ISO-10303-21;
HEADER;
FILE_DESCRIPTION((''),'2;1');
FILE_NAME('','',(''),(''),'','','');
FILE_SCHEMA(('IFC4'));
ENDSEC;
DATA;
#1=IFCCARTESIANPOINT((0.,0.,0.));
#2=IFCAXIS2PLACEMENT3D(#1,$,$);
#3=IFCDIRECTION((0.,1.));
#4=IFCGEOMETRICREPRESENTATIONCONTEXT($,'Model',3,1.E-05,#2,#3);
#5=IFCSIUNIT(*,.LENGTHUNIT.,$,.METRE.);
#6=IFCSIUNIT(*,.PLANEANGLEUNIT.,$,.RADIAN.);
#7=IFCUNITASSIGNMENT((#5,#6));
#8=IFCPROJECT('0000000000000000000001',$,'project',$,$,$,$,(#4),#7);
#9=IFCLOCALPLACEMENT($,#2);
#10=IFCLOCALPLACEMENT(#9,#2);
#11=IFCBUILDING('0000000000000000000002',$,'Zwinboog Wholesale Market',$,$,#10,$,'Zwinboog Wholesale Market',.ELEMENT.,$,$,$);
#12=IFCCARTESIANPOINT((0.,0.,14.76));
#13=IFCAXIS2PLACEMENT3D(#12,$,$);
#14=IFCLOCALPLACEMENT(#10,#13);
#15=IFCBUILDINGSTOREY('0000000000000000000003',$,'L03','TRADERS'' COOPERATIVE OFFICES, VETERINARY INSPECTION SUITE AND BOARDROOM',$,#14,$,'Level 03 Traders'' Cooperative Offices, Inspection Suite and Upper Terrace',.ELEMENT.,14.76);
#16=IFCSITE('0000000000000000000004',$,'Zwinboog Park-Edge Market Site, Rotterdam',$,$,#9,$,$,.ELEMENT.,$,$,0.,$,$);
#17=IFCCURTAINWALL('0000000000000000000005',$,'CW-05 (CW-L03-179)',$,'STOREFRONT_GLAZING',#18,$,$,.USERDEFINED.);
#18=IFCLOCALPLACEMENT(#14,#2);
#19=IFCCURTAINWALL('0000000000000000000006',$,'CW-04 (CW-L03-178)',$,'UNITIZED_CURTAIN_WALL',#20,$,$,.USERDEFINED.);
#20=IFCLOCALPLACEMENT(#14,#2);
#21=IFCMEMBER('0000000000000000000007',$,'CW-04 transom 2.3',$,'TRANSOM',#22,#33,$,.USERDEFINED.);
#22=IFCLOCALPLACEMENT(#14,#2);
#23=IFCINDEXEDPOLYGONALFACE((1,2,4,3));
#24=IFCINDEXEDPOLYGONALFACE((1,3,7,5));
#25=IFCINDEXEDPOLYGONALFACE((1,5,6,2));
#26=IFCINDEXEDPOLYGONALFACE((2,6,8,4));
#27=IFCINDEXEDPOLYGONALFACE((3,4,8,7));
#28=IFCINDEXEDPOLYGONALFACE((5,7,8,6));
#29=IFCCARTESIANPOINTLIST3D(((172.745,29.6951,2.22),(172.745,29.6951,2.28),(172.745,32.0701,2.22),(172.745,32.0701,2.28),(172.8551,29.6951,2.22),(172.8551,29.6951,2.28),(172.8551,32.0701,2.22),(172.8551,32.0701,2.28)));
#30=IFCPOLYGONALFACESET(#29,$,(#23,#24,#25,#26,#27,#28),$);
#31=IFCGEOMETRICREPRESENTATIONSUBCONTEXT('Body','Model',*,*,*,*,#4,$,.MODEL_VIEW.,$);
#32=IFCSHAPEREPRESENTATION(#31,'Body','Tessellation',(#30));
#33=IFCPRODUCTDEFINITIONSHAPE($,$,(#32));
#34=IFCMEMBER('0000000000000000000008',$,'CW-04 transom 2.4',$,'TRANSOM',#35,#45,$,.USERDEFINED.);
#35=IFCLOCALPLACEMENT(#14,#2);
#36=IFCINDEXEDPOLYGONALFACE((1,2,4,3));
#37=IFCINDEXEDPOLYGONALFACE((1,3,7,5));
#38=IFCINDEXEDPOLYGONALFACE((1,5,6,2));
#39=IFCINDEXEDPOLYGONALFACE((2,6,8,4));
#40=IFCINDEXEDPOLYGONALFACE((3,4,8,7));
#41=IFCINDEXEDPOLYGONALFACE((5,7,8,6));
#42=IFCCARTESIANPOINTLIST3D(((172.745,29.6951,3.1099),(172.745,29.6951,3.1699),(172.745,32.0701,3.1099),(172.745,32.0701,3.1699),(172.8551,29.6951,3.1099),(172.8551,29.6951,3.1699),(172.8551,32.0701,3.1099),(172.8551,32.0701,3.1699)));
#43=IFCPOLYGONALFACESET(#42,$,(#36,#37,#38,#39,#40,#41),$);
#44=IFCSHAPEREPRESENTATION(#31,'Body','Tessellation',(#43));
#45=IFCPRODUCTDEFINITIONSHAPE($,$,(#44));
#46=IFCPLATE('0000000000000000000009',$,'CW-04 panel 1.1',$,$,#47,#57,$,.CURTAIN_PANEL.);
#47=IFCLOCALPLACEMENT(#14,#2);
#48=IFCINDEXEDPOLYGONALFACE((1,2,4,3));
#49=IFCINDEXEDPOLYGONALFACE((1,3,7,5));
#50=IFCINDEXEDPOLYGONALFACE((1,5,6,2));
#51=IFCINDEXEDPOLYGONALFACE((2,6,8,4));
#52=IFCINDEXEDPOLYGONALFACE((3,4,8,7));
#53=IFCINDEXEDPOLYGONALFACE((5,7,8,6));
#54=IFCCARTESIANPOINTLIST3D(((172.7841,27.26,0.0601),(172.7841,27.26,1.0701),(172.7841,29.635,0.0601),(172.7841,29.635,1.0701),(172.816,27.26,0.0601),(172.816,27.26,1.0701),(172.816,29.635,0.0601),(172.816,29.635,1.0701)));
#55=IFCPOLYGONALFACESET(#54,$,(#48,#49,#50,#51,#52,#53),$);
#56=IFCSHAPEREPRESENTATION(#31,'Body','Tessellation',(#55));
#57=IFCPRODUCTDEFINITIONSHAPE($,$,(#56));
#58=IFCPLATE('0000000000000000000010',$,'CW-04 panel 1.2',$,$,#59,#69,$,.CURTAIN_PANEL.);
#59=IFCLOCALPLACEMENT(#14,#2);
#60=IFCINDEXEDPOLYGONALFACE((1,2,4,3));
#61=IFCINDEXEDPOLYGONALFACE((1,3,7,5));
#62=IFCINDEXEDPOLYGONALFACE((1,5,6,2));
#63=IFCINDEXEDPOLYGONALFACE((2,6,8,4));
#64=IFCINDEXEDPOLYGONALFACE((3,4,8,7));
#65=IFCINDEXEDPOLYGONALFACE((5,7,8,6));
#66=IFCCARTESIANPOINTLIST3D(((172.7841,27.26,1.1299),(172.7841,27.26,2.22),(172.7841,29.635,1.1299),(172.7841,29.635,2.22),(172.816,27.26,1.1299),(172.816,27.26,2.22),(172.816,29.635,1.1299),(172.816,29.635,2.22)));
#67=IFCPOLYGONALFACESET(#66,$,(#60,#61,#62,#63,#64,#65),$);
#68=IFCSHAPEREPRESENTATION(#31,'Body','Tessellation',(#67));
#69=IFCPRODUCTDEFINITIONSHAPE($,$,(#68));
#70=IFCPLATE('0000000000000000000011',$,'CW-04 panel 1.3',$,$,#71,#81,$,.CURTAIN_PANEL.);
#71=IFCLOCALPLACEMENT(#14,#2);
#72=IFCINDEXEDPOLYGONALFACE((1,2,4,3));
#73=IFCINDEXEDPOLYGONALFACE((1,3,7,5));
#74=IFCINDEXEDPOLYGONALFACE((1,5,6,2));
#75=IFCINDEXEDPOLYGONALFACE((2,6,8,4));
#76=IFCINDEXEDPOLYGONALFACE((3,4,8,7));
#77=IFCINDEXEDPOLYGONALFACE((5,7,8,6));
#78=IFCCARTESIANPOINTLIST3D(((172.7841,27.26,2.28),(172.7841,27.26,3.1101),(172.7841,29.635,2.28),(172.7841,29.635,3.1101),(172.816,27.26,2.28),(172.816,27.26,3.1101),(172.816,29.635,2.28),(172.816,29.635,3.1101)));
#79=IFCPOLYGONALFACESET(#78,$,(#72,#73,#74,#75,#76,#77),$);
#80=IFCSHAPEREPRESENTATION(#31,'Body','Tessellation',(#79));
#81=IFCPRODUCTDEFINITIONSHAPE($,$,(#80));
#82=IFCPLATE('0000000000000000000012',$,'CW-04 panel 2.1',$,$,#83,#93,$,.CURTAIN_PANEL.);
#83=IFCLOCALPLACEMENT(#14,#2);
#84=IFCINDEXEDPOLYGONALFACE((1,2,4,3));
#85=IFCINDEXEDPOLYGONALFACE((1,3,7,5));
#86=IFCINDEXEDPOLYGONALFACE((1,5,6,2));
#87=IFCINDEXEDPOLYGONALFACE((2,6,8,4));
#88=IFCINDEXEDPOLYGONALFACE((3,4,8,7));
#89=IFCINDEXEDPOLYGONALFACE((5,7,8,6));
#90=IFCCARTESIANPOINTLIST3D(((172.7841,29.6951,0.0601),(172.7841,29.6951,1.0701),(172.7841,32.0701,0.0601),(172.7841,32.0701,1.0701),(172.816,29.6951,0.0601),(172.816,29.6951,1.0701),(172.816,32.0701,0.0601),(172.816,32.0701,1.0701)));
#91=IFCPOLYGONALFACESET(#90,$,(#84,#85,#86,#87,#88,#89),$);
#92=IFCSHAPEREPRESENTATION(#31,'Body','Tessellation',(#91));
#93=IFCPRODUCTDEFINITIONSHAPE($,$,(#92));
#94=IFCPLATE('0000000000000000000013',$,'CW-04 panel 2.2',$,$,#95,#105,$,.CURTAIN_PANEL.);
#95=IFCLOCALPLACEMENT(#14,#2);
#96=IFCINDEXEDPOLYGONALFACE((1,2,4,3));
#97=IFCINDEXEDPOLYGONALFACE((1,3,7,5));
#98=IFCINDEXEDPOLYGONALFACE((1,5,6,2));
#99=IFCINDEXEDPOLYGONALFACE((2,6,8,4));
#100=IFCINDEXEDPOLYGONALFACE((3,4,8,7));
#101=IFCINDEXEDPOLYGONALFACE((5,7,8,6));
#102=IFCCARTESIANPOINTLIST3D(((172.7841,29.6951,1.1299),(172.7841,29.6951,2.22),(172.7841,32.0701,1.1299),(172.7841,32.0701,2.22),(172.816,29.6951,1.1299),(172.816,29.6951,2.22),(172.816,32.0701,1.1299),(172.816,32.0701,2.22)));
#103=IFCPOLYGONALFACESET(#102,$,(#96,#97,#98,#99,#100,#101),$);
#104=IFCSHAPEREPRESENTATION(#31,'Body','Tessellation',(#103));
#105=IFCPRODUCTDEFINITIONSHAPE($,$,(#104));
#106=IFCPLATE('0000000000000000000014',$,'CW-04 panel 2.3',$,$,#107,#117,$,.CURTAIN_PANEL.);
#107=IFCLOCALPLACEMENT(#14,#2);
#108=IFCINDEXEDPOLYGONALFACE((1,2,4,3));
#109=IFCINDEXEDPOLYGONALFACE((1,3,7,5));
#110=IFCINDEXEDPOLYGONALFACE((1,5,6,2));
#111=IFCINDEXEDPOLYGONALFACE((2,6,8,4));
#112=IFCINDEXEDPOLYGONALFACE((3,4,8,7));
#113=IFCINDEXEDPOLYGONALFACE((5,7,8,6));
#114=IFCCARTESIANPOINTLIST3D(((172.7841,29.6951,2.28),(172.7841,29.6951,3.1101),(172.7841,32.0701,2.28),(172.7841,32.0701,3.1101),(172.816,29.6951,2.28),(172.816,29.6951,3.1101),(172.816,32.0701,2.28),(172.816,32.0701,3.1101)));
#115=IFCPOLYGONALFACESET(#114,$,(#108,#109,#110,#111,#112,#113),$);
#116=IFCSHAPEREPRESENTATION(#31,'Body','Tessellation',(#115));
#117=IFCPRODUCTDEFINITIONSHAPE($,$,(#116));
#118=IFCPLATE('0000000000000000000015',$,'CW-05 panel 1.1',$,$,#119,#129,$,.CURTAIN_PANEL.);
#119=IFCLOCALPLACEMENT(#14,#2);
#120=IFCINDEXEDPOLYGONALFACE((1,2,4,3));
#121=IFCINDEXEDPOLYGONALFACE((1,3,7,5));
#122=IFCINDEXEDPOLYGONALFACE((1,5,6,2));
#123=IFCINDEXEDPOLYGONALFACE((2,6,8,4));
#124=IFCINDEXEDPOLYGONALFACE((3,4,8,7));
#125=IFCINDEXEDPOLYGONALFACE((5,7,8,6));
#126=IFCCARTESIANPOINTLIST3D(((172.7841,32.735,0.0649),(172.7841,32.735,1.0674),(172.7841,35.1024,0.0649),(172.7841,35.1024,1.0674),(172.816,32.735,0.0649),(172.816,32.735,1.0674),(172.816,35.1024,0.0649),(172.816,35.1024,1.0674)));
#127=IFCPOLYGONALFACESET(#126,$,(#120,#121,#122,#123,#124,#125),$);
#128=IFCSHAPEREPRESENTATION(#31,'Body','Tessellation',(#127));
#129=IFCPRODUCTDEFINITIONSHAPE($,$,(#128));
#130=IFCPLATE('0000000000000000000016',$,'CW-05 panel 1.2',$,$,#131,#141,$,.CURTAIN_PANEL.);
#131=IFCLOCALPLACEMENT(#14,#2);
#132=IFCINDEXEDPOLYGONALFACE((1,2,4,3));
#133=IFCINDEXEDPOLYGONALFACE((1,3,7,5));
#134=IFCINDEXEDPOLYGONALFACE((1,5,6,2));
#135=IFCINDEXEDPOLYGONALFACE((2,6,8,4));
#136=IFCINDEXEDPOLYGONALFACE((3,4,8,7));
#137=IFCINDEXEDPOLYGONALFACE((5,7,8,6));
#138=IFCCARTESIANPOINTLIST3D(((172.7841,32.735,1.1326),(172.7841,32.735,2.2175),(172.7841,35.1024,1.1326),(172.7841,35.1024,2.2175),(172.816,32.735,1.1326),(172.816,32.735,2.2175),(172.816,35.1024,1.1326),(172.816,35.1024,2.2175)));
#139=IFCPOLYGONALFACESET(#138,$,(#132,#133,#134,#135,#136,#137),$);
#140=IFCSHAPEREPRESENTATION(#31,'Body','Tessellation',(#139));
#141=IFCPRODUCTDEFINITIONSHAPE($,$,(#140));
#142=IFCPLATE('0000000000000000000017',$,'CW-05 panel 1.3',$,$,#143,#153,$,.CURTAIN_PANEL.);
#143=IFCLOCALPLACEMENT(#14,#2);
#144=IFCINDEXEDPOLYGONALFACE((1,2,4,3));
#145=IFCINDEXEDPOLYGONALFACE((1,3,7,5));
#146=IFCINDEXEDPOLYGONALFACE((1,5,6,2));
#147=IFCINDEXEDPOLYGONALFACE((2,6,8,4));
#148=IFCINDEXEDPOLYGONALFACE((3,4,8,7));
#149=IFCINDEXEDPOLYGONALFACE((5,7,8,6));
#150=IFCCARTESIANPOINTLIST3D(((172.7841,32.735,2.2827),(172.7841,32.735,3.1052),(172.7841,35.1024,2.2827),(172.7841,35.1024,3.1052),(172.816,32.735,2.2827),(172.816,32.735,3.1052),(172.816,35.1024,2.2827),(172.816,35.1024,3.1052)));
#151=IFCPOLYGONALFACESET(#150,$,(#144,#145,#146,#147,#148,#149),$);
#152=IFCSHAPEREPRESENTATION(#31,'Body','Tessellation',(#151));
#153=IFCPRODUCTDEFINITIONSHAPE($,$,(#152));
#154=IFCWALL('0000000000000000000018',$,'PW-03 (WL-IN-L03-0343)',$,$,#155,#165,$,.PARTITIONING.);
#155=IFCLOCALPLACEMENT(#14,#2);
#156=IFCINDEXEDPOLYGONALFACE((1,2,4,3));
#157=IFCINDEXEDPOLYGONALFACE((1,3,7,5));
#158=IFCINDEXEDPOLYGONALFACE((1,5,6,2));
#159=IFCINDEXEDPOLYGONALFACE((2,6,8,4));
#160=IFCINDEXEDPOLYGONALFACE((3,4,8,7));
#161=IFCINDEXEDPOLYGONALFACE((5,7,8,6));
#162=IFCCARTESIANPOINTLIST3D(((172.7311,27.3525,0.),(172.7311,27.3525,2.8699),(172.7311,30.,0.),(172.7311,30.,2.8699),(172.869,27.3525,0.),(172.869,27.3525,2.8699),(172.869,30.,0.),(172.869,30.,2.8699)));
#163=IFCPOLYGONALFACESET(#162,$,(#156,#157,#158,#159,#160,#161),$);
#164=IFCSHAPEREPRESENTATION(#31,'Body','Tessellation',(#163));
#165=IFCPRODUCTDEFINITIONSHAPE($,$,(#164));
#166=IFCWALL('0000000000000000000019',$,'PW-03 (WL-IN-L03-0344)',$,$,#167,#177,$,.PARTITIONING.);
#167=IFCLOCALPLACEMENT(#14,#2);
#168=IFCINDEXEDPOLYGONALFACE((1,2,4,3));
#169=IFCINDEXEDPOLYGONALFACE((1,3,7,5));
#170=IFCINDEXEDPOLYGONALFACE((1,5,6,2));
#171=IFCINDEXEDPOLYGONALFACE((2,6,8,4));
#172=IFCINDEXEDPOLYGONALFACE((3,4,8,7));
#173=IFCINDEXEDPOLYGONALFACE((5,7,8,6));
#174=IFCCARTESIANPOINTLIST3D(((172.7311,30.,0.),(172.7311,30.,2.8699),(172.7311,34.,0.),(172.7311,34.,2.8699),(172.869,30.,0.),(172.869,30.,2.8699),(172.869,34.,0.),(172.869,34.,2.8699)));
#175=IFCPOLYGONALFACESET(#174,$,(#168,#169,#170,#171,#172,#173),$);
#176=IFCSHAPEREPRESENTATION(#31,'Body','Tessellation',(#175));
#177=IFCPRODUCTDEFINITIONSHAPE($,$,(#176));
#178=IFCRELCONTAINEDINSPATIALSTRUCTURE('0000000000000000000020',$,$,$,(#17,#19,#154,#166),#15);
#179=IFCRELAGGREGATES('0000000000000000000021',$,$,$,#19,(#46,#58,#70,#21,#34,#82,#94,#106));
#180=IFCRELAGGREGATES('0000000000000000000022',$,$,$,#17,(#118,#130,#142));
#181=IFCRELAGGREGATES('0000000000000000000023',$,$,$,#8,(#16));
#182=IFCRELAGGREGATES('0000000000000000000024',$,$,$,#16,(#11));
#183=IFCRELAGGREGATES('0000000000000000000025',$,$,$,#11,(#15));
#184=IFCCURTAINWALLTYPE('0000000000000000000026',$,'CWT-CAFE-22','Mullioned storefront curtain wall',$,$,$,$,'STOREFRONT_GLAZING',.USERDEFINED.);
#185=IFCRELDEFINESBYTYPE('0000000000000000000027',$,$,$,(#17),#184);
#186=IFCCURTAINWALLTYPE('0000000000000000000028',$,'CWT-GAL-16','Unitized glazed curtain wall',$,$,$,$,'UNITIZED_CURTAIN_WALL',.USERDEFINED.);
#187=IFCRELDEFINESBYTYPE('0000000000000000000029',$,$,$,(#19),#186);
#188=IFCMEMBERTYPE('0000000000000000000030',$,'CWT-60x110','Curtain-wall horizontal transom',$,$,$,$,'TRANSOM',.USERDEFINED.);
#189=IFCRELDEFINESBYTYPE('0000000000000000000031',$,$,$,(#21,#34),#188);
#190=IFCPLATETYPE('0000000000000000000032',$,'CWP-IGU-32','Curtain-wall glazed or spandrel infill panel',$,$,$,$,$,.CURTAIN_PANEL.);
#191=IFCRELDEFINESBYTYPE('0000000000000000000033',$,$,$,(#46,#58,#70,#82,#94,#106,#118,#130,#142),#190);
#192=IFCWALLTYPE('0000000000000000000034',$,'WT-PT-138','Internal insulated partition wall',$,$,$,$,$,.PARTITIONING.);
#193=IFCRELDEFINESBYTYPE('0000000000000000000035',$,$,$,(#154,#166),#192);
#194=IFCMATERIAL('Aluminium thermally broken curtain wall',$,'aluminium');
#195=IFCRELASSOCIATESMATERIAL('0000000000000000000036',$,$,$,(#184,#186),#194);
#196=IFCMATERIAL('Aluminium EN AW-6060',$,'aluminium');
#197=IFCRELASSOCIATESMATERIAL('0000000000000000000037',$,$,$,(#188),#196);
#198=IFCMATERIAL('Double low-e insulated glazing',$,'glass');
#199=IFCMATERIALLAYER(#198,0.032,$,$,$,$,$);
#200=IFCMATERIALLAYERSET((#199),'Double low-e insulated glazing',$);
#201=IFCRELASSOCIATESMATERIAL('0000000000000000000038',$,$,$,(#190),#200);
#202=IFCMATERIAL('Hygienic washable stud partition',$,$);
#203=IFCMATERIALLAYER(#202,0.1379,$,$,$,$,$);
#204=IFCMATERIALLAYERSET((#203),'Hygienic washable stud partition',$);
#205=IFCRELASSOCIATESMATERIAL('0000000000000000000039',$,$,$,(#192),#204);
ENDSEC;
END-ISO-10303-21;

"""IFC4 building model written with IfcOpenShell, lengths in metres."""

from ifc_helpers import new_model, si_unit, direction, frame, frame_2d, origin, origin_2d, place, context, subcontext, project, spatial, rectangle, extrude, material, layer, layer_set, material_profile, profile_set, type_object, element, aggregate, save


model = new_model("IFC4")

# Units and contexts
model_context = context("Model", 3, precision=1e-05, world=origin(), true_north=direction((0.0, 1.0)))
body_context = subcontext(model_context, "Body", "Model", "MODEL_VIEW")
ifc_project = project(units=[si_unit("LENGTHUNIT", "METRE"), si_unit("PLANEANGLEUNIT", "RADIAN")], contexts=[model_context])

# Site, building, storey
site_placement = place(None, origin())
site = spatial("IfcSite", under=ifc_project, at=site_placement, Name="Zwinboog Park-Edge Market Site, Rotterdam", CompositionType="ELEMENT", RefElevation=0.0)
building_placement = place(site_placement, origin())
building = spatial("IfcBuilding", under=site, at=building_placement, Name="Zwinboog Wholesale Market", LongName="Zwinboog Wholesale Market", CompositionType="ELEMENT")
storey_placement = place(building_placement, frame((0.0, 0.0, 14.76)))
storey = spatial("IfcBuildingStorey", under=building, at=storey_placement, Name="L03", Description="TRADERS' COOPERATIVE OFFICES, VETERINARY INSPECTION SUITE AND BOARDROOM", LongName="Level 03 Traders' Cooperative Offices, Inspection Suite and Upper Terrace", CompositionType="ELEMENT", Elevation=14.76)

# Curtain walls
ifc_material_1 = material(Name="Aluminium thermally broken curtain wall", Category="aluminium")
curtain_wall_type_1 = type_object("IfcCurtainWallType", Name="CWT-CAFE-22", Description="Mullioned storefront curtain wall", ElementType="STOREFRONT_GLAZING", PredefinedType="USERDEFINED", material=ifc_material_1)
curtain_wall_1_placement = place(storey_placement, origin())
curtain_wall_1 = element("IfcCurtainWall", 1, at=curtain_wall_1_placement, inside=storey, type_object=curtain_wall_type_1, Name="CW-05 (CW-L03-179)", ObjectType="STOREFRONT_GLAZING", PredefinedType="USERDEFINED")
ifc_material_2 = material(Name="Aluminium EN AW-6060", Category="aluminium")
curtain_wall_type_2 = type_object("IfcCurtainWallType", Name="CWT-GAL-16", Description="Unitized glazed curtain wall", ElementType="UNITIZED_CURTAIN_WALL", PredefinedType="USERDEFINED", material=ifc_material_1)
curtain_wall_2_placement = place(storey_placement, origin())
curtain_wall_2 = element("IfcCurtainWall", 2, at=curtain_wall_2_placement, inside=storey, type_object=curtain_wall_type_2, Name="CW-04 (CW-L03-178)", ObjectType="UNITIZED_CURTAIN_WALL", PredefinedType="USERDEFINED")

# Members
ifc_material_profile_1 = material_profile(ifc_material_2, rectangle(XDim=0.1101, YDim=0.0601, at=origin_2d()), Name="AL 60x110")
ifc_profile_set_1 = profile_set([ifc_material_profile_1], Name="Aluminium EN AW-6060")
member_type_1 = type_object("IfcMemberType", Name="CWT-60x110", Description="Curtain-wall horizontal transom", ElementType="TRANSOM", PredefinedType="USERDEFINED", material=ifc_profile_set_1)
member_1_placement = place(storey_placement, frame((172.8, 29.6951, 2.25), z_axis=(0.0, 1.0, 0.0), x_axis=(-1.0, 0.0, 0.0)))
member_1 = element("IfcMember", 3, at=member_1_placement, type_object=member_type_1, Name="CW-04 transom 2.3", ObjectType="TRANSOM", PredefinedType="USERDEFINED", context=body_context, shape_type="SweptSolid", body=[
    extrude(rectangle(XDim=0.1101, YDim=0.0601, at=origin_2d()), origin(), (0.0, 0.0, 1.0), 2.375),
])
member_2_placement = place(storey_placement, frame((172.8, 29.6951, 3.1399), z_axis=(0.0, 1.0, 0.0), x_axis=(-1.0, 0.0, 0.0)))
member_2 = element("IfcMember", 4, at=member_2_placement, type_object=member_type_1, Name="CW-04 transom 2.4", ObjectType="TRANSOM", PredefinedType="USERDEFINED", context=body_context, shape_type="SweptSolid", body=[
    extrude(rectangle(XDim=0.1101, YDim=0.0601, at=origin_2d()), origin(), (0.0, 0.0, 1.0), 2.375),
])

# Plates
ifc_material_3 = material(Name="Double low-e insulated glazing", Category="glass")
ifc_layer_1 = layer(ifc_material_3, 0.032)
ifc_layer_set_1 = layer_set([ifc_layer_1], Name="Double low-e insulated glazing")
plate_type = type_object("IfcPlateType", Name="CWP-IGU-32", Description="Curtain-wall glazed or spandrel infill panel", PredefinedType="CURTAIN_PANEL", material=ifc_layer_set_1)
plate_1_placement = place(storey_placement, frame((172.8, 28.4475, 0.0601), z_axis=(0.0, 0.0, 1.0), x_axis=(0.0, 1.0, 0.0)))
plate_1 = element("IfcPlate", 5, at=plate_1_placement, type_object=plate_type, Name="CW-04 panel 1.1", PredefinedType="CURTAIN_PANEL", context=body_context, shape_type="SweptSolid", body=[
    extrude(rectangle(XDim=2.375, YDim=0.032, at=origin_2d()), origin(), (0.0, 0.0, 1.0), 1.01),
])
plate_2_placement = place(storey_placement, frame((172.8, 28.4475, 1.1299), z_axis=(0.0, 0.0, 1.0), x_axis=(0.0, 1.0, 0.0)))
plate_2 = element("IfcPlate", 6, at=plate_2_placement, type_object=plate_type, Name="CW-04 panel 1.2", PredefinedType="CURTAIN_PANEL", context=body_context, shape_type="SweptSolid", body=[
    extrude(rectangle(XDim=2.375, YDim=0.032, at=origin_2d()), origin(), (0.0, 0.0, 1.0), 1.0901),
])
plate_3_placement = place(storey_placement, frame((172.8, 28.4475, 2.28), z_axis=(0.0, 0.0, 1.0), x_axis=(0.0, 1.0, 0.0)))
plate_3 = element("IfcPlate", 7, at=plate_3_placement, type_object=plate_type, Name="CW-04 panel 1.3", PredefinedType="CURTAIN_PANEL", context=body_context, shape_type="SweptSolid", body=[
    extrude(rectangle(XDim=2.375, YDim=0.032, at=origin_2d()), origin(), (0.0, 0.0, 1.0), 0.8301),
])
plate_4_placement = place(storey_placement, frame((172.8, 30.8826, 0.0601), z_axis=(0.0, 0.0, 1.0), x_axis=(0.0, 1.0, 0.0)))
plate_4 = element("IfcPlate", 8, at=plate_4_placement, type_object=plate_type, Name="CW-04 panel 2.1", PredefinedType="CURTAIN_PANEL", context=body_context, shape_type="SweptSolid", body=[
    extrude(rectangle(XDim=2.375, YDim=0.032, at=origin_2d()), origin(), (0.0, 0.0, 1.0), 1.01),
])
plate_5_placement = place(storey_placement, frame((172.8, 30.8826, 1.1299), z_axis=(0.0, 0.0, 1.0), x_axis=(0.0, 1.0, 0.0)))
plate_5 = element("IfcPlate", 9, at=plate_5_placement, type_object=plate_type, Name="CW-04 panel 2.2", PredefinedType="CURTAIN_PANEL", context=body_context, shape_type="SweptSolid", body=[
    extrude(rectangle(XDim=2.375, YDim=0.032, at=origin_2d()), origin(), (0.0, 0.0, 1.0), 1.0901),
])
plate_6_placement = place(storey_placement, frame((172.8, 30.8826, 2.28), z_axis=(0.0, 0.0, 1.0), x_axis=(0.0, 1.0, 0.0)))
plate_6 = element("IfcPlate", 10, at=plate_6_placement, type_object=plate_type, Name="CW-04 panel 2.3", PredefinedType="CURTAIN_PANEL", context=body_context, shape_type="SweptSolid", body=[
    extrude(rectangle(XDim=2.375, YDim=0.032, at=origin_2d()), origin(), (0.0, 0.0, 1.0), 0.8301),
])
aggregate(curtain_wall_2, [plate_1, plate_2, plate_3, member_1, member_2, plate_4, plate_5, plate_6])
plate_7_placement = place(storey_placement, frame((172.8, 33.9187, 0.0649), z_axis=(0.0, 0.0, 1.0), x_axis=(0.0, 1.0, 0.0)))
plate_7 = element("IfcPlate", 11, at=plate_7_placement, type_object=plate_type, Name="CW-05 panel 1.1", PredefinedType="CURTAIN_PANEL", context=body_context, shape_type="SweptSolid", body=[
    extrude(rectangle(XDim=2.3674, YDim=0.032, at=origin_2d()), origin(), (0.0, 0.0, 1.0), 1.0024),
])
plate_8_placement = place(storey_placement, frame((172.8, 33.9187, 1.1326), z_axis=(0.0, 0.0, 1.0), x_axis=(0.0, 1.0, 0.0)))
plate_8 = element("IfcPlate", 12, at=plate_8_placement, type_object=plate_type, Name="CW-05 panel 1.2", PredefinedType="CURTAIN_PANEL", context=body_context, shape_type="SweptSolid", body=[
    extrude(rectangle(XDim=2.3674, YDim=0.032, at=origin_2d()), origin(), (0.0, 0.0, 1.0), 1.085),
])
plate_9_placement = place(storey_placement, frame((172.8, 33.9187, 2.2827), z_axis=(0.0, 0.0, 1.0), x_axis=(0.0, 1.0, 0.0)))
plate_9 = element("IfcPlate", 13, at=plate_9_placement, type_object=plate_type, Name="CW-05 panel 1.3", PredefinedType="CURTAIN_PANEL", context=body_context, shape_type="SweptSolid", body=[
    extrude(rectangle(XDim=2.3674, YDim=0.032, at=origin_2d()), origin(), (0.0, 0.0, 1.0), 0.8225),
])
aggregate(curtain_wall_1, [plate_7, plate_8, plate_9])

# Walls
ifc_material_4 = material(Name="Hygienic washable stud partition")
ifc_layer_2 = layer(ifc_material_4, 0.1379)
ifc_layer_set_2 = layer_set([ifc_layer_2], Name="Hygienic washable stud partition")
wall_type = type_object("IfcWallType", Name="WT-PT-138", Description="Internal insulated partition wall", PredefinedType="PARTITIONING", material=ifc_layer_set_2)
wall_1_placement = place(storey_placement, frame((172.8, 27.3525, 0.0), z_axis=(0.0, 0.0, 1.0), x_axis=(0.0, 1.0, 0.0)))
element("IfcWall", 14, at=wall_1_placement, inside=storey, type_object=wall_type, Name="PW-03 (WL-IN-L03-0343)", PredefinedType="PARTITIONING", context=body_context, shape_type="SweptSolid", body=[
    extrude(rectangle(XDim=2.6475, YDim=0.1379, at=frame_2d((1.3237, 0.0))), origin(), (0.0, 0.0, 1.0), 2.8699),
])
wall_2_placement = place(storey_placement, frame((172.8, 30.0, 0.0), z_axis=(0.0, 0.0, 1.0), x_axis=(0.0, 1.0, 0.0)))
element("IfcWall", 15, at=wall_2_placement, inside=storey, type_object=wall_type, Name="PW-03 (WL-IN-L03-0344)", PredefinedType="PARTITIONING", context=body_context, shape_type="SweptSolid", body=[
    extrude(rectangle(XDim=4.0, YDim=0.1379, at=frame_2d((2.0, 0.0))), origin(), (0.0, 0.0, 1.0), 2.8699),
])

save(model, "model.ifc")
